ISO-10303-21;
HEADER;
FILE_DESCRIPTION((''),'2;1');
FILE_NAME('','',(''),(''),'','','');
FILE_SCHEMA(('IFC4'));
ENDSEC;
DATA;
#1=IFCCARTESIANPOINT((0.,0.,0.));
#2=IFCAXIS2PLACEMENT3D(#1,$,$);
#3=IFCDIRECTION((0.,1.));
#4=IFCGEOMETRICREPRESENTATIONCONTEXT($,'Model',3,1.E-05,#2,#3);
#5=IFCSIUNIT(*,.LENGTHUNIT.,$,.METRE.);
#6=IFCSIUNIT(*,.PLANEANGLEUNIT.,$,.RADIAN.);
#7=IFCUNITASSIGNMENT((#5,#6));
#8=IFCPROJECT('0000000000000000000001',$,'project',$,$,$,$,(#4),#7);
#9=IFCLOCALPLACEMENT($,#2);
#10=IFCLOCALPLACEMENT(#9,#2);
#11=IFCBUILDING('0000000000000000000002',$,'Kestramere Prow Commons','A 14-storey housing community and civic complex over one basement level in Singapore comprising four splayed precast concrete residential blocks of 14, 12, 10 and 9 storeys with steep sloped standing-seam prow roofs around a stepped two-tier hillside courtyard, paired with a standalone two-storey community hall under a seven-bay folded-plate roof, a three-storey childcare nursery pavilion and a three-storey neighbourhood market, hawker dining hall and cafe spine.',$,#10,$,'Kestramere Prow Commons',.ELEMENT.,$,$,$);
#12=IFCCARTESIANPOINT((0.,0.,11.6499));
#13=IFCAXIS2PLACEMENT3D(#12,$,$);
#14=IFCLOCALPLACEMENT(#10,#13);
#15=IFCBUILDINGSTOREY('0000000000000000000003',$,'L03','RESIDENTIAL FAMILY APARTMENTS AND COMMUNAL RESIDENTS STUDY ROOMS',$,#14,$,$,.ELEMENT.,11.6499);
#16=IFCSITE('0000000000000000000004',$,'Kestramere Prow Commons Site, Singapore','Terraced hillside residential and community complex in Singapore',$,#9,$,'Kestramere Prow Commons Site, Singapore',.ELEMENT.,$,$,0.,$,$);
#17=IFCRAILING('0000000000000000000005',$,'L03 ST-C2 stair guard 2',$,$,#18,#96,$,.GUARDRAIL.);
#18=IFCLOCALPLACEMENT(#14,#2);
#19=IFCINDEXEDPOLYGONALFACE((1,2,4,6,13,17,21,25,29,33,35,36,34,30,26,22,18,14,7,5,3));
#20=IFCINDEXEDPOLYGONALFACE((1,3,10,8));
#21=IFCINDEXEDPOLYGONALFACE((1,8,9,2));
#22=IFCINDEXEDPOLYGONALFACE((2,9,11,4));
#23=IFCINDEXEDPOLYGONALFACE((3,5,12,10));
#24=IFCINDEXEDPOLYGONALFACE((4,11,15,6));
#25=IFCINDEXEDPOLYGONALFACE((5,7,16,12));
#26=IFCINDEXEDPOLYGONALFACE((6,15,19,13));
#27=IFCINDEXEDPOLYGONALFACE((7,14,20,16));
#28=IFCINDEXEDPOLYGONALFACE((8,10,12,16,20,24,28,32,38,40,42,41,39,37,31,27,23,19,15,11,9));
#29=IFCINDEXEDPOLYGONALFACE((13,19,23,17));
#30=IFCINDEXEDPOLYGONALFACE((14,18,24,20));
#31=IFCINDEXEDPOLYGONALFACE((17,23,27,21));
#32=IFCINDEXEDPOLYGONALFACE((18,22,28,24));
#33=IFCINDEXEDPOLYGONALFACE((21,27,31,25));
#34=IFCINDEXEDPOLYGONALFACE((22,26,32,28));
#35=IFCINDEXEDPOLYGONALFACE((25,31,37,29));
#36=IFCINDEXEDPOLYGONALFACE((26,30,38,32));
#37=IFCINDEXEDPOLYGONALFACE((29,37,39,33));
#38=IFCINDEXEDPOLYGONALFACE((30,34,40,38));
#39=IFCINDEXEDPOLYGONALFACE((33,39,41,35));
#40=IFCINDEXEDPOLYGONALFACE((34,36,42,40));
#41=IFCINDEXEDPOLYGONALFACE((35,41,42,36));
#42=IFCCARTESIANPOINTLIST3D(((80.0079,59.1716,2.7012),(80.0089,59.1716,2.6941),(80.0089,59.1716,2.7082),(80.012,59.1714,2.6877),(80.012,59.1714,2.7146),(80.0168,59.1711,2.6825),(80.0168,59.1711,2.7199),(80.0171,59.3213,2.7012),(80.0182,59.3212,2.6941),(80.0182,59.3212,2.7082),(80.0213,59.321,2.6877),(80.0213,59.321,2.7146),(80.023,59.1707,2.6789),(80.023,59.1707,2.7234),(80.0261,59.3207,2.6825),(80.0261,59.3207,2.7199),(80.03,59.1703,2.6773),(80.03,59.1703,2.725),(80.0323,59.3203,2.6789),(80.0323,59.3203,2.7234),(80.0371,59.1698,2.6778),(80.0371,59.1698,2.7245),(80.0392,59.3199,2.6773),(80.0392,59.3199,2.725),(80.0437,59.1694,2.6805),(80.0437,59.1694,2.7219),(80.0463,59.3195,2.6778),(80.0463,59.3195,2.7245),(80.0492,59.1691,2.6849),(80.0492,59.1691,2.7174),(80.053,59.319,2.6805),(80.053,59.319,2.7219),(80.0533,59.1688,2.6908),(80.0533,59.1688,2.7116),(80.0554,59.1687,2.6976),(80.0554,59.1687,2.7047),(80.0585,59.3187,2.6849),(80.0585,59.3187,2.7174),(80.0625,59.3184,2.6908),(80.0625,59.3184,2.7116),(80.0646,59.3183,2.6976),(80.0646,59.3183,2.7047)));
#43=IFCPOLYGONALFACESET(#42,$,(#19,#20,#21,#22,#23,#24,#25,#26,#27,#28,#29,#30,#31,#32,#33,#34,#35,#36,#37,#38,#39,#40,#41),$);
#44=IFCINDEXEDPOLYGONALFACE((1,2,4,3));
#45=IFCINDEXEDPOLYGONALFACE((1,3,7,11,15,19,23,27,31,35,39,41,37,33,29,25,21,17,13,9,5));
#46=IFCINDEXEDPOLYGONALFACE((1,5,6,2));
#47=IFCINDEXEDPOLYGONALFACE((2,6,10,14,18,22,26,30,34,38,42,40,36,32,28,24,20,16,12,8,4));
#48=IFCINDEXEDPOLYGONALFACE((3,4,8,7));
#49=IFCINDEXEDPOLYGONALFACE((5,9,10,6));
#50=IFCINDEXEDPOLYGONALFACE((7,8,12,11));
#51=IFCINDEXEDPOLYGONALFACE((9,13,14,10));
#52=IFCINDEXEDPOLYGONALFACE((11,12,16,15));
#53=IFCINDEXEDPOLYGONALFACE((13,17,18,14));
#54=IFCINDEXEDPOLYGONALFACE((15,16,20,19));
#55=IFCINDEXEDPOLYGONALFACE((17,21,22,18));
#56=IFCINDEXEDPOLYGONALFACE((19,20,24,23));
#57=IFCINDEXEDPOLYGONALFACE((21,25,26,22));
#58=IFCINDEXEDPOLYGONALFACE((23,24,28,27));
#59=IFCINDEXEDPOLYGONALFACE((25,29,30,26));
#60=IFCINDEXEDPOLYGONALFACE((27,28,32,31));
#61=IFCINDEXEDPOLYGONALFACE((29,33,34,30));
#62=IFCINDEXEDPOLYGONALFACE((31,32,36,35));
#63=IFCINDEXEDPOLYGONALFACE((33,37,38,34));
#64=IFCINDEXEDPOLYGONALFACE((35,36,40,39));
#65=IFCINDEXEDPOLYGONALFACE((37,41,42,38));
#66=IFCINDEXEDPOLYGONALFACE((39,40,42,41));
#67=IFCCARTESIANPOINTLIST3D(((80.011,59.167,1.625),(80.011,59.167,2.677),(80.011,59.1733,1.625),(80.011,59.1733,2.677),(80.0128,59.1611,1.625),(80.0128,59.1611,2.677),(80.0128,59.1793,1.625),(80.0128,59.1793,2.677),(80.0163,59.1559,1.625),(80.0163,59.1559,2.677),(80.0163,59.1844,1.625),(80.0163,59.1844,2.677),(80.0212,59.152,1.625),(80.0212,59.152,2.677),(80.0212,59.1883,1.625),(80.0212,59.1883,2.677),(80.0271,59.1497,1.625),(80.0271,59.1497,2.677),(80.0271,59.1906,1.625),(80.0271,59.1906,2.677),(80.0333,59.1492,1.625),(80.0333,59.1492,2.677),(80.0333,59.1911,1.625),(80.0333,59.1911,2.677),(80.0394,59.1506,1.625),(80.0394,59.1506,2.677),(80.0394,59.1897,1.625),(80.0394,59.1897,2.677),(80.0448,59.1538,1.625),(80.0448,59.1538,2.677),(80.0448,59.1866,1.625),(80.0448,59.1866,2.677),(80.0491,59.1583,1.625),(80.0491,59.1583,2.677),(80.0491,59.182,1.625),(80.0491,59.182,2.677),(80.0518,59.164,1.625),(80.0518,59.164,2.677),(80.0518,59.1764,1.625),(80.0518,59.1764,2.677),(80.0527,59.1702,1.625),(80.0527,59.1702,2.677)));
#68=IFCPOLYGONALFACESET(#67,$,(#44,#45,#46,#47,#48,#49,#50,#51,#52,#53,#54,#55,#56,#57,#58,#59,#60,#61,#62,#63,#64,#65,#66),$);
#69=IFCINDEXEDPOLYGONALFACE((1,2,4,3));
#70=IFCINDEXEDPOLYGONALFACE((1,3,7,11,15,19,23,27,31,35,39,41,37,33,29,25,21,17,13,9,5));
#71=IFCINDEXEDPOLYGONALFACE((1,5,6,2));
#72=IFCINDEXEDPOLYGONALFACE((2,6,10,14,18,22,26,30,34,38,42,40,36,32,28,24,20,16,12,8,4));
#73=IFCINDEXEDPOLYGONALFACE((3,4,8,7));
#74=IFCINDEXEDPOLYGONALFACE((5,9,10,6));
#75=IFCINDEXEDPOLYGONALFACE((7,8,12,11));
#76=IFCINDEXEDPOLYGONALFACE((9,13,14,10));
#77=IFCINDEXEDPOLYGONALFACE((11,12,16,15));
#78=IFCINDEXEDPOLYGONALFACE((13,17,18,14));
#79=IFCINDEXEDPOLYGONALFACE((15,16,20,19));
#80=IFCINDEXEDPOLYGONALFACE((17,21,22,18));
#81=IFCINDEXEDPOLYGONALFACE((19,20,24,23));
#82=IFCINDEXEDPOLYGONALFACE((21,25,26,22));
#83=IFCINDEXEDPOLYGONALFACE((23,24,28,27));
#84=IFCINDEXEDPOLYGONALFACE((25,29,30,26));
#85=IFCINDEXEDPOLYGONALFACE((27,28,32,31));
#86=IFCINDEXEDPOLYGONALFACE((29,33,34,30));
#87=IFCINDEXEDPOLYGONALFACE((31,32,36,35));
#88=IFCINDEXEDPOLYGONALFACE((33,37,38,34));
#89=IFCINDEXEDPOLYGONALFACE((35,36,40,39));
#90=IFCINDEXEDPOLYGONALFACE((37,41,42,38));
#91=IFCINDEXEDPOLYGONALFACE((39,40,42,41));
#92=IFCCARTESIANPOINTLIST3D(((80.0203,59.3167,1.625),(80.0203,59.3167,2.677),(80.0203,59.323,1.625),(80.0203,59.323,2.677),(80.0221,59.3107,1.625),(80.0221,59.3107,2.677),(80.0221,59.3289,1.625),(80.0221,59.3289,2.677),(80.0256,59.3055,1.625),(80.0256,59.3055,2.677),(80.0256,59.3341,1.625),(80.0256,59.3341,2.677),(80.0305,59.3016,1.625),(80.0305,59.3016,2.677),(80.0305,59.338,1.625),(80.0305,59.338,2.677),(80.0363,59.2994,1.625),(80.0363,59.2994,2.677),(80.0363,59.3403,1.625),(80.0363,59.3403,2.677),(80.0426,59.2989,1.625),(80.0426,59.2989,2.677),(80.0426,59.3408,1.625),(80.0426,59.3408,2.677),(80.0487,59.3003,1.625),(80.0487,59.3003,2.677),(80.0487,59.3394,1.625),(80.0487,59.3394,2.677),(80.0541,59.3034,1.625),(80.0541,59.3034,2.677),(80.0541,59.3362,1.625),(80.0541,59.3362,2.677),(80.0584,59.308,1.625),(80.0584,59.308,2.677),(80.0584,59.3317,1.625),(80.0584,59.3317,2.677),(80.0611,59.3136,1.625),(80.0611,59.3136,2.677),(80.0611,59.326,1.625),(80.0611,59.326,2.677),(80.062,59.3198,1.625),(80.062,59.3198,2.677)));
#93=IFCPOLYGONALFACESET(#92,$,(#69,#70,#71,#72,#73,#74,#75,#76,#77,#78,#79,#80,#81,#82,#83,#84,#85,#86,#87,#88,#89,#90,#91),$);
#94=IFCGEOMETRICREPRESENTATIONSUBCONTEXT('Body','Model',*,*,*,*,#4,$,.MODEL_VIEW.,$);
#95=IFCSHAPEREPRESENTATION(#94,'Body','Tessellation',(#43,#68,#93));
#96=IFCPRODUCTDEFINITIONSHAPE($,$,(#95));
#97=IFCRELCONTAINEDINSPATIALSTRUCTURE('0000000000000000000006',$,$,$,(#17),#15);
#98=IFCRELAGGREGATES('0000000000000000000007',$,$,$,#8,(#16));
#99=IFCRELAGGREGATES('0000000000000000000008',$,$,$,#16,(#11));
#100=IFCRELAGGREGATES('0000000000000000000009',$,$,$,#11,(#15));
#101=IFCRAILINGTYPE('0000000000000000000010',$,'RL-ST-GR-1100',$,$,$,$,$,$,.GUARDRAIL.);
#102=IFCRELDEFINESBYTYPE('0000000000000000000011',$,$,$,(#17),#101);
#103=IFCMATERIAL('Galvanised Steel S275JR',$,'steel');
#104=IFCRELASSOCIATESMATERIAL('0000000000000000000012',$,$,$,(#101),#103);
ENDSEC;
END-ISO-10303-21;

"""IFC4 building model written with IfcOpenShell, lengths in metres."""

from ifc_helpers import new_model, si_unit, direction, frame, origin, origin_2d, place, context, subcontext, project, spatial, circle, extrude, material, type_object, element, save


model = new_model("IFC4")

# Units and contexts
model_context = context("Model", 3, precision=1e-05, world=origin(), true_north=direction((0.0, 1.0)))
body_context = subcontext(model_context, "Body", "Model", "MODEL_VIEW")
ifc_project = project(units=[si_unit("LENGTHUNIT", "METRE"), si_unit("PLANEANGLEUNIT", "RADIAN")], contexts=[model_context])

# Site, building, storey
site_placement = place(None, origin())
site = spatial("IfcSite", under=ifc_project, at=site_placement, Name="Kestramere Prow Commons Site, Singapore", Description="Terraced hillside residential and community complex in Singapore", LongName="Kestramere Prow Commons Site, Singapore", CompositionType="ELEMENT", RefElevation=0.0)
building_placement = place(site_placement, origin())
building = spatial("IfcBuilding", under=site, at=building_placement, Name="Kestramere Prow Commons", Description="A 14-storey housing community and civic complex over one basement level in Singapore comprising four splayed precast concrete residential blocks of 14, 12, 10 and 9 storeys with steep sloped standing-seam prow roofs around a stepped two-tier hillside courtyard, paired with a standalone two-storey community hall under a seven-bay folded-plate roof, a three-storey childcare nursery pavilion and a three-storey neighbourhood market, hawker dining hall and cafe spine.", LongName="Kestramere Prow Commons", CompositionType="ELEMENT")
storey_placement = place(building_placement, frame((0.0, 0.0, 11.6499)))
storey = spatial("IfcBuildingStorey", under=building, at=storey_placement, Name="L03", Description="RESIDENTIAL FAMILY APARTMENTS AND COMMUNAL RESIDENTS STUDY ROOMS", CompositionType="ELEMENT", Elevation=11.6499)

# Railing
ifc_material_1 = material(Name="Galvanised Steel S275JR", Category="steel")
railing_type_1 = type_object("IfcRailingType", Name="RL-ST-GR-1100", PredefinedType="GUARDRAIL", material=ifc_material_1)
railing_1_placement = place(storey_placement, frame((80.0317, 59.1702, 1.625)))
element("IfcRailing", 1, at=railing_1_placement, inside=storey, type_object=railing_type_1, Name="L03 ST-C2 stair guard 2", PredefinedType="GUARDRAIL", context=body_context, shape_type="SweptSolid", body=[
    extrude(circle(Radius=0.0239, at=origin_2d()), frame((0.0, 0.0, 1.0762), z_axis=(0.061871, 0.998084, 0.0), x_axis=(-0.998084, 0.061871, 0.0)), (0.0, 0.0, 1.0), 0.1499),
    extrude(circle(Radius=0.021, at=origin_2d()), origin(), (0.0, 0.0, 1.0), 1.052),
    extrude(circle(Radius=0.021, at=origin_2d()), frame((0.0093, 0.1497, 0.0)), (0.0, 0.0, 1.0), 1.052),
])

save(model, "model.ifc")
